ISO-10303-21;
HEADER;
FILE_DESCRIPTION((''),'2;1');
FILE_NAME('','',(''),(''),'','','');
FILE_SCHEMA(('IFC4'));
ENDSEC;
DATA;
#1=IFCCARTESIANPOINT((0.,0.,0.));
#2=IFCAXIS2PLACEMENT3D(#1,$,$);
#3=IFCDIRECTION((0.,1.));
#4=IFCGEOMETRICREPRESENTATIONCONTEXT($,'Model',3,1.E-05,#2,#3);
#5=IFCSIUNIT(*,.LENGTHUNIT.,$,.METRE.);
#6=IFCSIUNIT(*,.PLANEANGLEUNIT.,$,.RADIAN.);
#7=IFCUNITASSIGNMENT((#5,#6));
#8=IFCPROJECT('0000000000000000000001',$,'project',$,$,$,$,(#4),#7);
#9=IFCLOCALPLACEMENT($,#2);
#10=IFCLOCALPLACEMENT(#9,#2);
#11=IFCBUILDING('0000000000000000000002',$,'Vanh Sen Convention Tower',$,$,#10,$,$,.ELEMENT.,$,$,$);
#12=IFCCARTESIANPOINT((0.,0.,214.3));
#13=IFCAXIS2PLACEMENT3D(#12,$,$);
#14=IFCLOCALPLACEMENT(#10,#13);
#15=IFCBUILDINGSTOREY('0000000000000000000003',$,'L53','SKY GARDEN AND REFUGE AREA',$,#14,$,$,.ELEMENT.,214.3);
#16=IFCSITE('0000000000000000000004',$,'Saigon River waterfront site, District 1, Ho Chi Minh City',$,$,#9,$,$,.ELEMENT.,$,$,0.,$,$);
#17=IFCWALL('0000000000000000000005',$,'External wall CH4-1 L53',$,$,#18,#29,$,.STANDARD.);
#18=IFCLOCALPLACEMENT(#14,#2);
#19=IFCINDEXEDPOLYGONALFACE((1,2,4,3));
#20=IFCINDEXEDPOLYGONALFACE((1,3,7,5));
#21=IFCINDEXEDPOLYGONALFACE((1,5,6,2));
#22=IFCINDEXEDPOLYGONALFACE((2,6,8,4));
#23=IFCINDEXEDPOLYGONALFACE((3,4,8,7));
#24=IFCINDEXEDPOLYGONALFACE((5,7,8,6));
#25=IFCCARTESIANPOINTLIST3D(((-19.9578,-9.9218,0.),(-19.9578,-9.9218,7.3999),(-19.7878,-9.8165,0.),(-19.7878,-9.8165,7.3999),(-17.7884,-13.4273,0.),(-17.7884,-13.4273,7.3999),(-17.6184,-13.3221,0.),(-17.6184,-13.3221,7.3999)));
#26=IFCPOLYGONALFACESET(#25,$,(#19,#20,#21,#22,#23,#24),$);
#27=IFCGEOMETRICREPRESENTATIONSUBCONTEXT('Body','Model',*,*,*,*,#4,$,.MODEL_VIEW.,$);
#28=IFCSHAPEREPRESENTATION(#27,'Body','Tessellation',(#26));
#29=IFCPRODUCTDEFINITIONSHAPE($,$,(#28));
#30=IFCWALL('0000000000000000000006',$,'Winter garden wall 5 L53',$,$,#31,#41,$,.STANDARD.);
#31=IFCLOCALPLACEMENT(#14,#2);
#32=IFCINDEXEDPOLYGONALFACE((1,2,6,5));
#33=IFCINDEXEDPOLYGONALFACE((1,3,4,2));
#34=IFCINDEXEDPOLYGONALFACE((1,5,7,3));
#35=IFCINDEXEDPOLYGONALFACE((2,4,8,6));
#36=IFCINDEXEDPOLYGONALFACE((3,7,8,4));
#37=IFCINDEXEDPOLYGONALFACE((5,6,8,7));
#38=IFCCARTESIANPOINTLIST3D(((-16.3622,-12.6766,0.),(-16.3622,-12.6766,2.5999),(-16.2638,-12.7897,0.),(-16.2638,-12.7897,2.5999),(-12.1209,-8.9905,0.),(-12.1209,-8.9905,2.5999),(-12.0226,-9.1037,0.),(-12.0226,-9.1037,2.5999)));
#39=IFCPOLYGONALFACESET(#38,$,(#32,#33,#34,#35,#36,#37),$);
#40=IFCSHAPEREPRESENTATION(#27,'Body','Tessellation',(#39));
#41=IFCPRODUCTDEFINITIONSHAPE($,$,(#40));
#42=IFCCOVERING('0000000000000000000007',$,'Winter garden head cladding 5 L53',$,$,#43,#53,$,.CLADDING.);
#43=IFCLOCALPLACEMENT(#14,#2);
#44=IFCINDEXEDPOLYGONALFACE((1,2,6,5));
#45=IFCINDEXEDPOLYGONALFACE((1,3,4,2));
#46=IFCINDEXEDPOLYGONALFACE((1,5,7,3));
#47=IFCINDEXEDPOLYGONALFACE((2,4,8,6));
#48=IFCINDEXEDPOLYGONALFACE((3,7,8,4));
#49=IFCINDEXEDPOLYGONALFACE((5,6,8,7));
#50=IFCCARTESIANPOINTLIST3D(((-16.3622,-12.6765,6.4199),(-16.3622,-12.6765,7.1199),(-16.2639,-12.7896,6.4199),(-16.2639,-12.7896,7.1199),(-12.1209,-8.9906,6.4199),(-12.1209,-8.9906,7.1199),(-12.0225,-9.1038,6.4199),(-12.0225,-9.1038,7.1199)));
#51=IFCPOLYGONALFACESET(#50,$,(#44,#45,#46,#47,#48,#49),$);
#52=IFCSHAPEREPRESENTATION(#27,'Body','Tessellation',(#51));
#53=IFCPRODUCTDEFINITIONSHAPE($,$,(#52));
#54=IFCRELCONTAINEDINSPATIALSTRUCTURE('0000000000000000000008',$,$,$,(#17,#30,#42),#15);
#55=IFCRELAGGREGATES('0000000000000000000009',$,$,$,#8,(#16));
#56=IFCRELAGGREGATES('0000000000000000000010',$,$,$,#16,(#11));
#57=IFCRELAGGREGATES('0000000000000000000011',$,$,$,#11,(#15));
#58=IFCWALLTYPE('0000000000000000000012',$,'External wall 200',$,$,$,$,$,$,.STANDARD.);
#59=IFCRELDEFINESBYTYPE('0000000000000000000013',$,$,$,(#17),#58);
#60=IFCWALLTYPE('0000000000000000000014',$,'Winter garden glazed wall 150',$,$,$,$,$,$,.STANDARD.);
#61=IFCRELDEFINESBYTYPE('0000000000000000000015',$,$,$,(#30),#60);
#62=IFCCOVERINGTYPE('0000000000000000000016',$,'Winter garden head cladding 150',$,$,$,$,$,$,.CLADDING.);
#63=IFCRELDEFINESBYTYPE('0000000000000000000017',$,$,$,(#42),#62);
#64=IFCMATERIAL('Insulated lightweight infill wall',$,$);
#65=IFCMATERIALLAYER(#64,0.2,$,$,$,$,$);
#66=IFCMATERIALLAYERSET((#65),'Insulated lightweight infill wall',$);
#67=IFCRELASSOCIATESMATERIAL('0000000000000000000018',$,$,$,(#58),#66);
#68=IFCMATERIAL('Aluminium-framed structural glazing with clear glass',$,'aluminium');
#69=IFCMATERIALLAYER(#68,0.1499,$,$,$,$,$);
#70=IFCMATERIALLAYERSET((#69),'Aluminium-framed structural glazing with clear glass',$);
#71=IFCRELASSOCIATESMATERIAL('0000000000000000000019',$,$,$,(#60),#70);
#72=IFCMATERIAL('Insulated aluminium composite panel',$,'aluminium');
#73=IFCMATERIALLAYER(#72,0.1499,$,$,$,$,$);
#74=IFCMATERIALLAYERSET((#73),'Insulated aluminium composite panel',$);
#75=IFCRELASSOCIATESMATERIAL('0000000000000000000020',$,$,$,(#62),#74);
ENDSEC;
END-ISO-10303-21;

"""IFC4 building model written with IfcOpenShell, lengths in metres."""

from ifc_helpers import new_model, si_unit, direction, frame, frame_2d, origin, origin_2d, place, context, subcontext, project, spatial, rectangle, extrude, material, layer, layer_set, type_object, element, save


model = new_model("IFC4")

# Units and contexts
model_context = context("Model", 3, precision=1e-05, world=origin(), true_north=direction((0.0, 1.0)))
body_context = subcontext(model_context, "Body", "Model", "MODEL_VIEW")
ifc_project = project(units=[si_unit("LENGTHUNIT", "METRE"), si_unit("PLANEANGLEUNIT", "RADIAN")], contexts=[model_context])

# Site, building, storey
site_placement = place(None, origin())
site = spatial("IfcSite", under=ifc_project, at=site_placement, Name="Saigon River waterfront site, District 1, Ho Chi Minh City", CompositionType="ELEMENT", RefElevation=0.0)
building_placement = place(site_placement, origin())
building = spatial("IfcBuilding", under=site, at=building_placement, Name="Vanh Sen Convention Tower", CompositionType="ELEMENT")
storey_placement = place(building_placement, frame((0.0, 0.0, 214.3)))
storey = spatial("IfcBuildingStorey", under=building, at=storey_placement, Name="L53", Description="SKY GARDEN AND REFUGE AREA", CompositionType="ELEMENT", Elevation=214.3)

# Walls
ifc_material_1 = material(Name="Insulated lightweight infill wall")
ifc_layer_1 = layer(ifc_material_1, 0.2)
ifc_layer_set_1 = layer_set([ifc_layer_1], Name="Insulated lightweight infill wall")
wall_type_1 = type_object("IfcWallType", Name="External wall 200", PredefinedType="STANDARD", material=ifc_layer_set_1)
wall_1_placement = place(storey_placement, frame((-19.8728, -9.8691, 0.0), z_axis=(0.0, 0.0, 1.0), x_axis=(0.52623, -0.850342, 0.0)))
element("IfcWall", 1, at=wall_1_placement, inside=storey, type_object=wall_type_1, Name="External wall CH4-1 L53", PredefinedType="STANDARD", context=body_context, shape_type="SweptSolid", body=[
    extrude(rectangle(XDim=4.1226, YDim=0.2, at=frame_2d((2.0613, 0.0))), origin(), (0.0, 0.0, 1.0), 7.3999),
])
ifc_material_2 = material(Name="Aluminium-framed structural glazing with clear glass", Category="aluminium")
ifc_layer_2 = layer(ifc_material_2, 0.1499)
ifc_layer_set_2 = layer_set([ifc_layer_2], Name="Aluminium-framed structural glazing with clear glass")
wall_type_2 = type_object("IfcWallType", Name="Winter garden glazed wall 150", PredefinedType="STANDARD", material=ifc_layer_set_2)
wall_2_placement = place(storey_placement, frame((-12.0718, -9.0471, 0.0), z_axis=(0.0, 0.0, 1.0), x_axis=(-0.754779, -0.655979, 0.0)))
element("IfcWall", 2, at=wall_2_placement, inside=storey, type_object=wall_type_2, Name="Winter garden wall 5 L53", PredefinedType="STANDARD", context=body_context, shape_type="SweptSolid", body=[
    extrude(rectangle(XDim=5.6191, YDim=0.1499, at=frame_2d((2.8096, 0.0))), origin(), (0.0, 0.0, 1.0), 2.5999),
])

# Covering
ifc_material_3 = material(Name="Insulated aluminium composite panel", Category="aluminium")
ifc_layer_3 = layer(ifc_material_3, 0.1499)
ifc_layer_set_3 = layer_set([ifc_layer_3], Name="Insulated aluminium composite panel")
covering_type = type_object("IfcCoveringType", Name="Winter garden head cladding 150", PredefinedType="CLADDING", material=ifc_layer_set_3)
covering_placement = place(storey_placement, frame((-14.1924, -10.8901, 6.4199), z_axis=(0.0, 0.0, 1.0), x_axis=(-0.754805, -0.65595, 0.0)))
element("IfcCovering", 3, at=covering_placement, inside=storey, type_object=covering_type, Name="Winter garden head cladding 5 L53", PredefinedType="CLADDING", context=body_context, shape_type="SweptSolid", body=[
    extrude(rectangle(XDim=5.6191, YDim=0.1499, at=origin_2d()), origin(), (0.0, 0.0, 1.0), 0.7),
])

save(model, "model.ifc")
